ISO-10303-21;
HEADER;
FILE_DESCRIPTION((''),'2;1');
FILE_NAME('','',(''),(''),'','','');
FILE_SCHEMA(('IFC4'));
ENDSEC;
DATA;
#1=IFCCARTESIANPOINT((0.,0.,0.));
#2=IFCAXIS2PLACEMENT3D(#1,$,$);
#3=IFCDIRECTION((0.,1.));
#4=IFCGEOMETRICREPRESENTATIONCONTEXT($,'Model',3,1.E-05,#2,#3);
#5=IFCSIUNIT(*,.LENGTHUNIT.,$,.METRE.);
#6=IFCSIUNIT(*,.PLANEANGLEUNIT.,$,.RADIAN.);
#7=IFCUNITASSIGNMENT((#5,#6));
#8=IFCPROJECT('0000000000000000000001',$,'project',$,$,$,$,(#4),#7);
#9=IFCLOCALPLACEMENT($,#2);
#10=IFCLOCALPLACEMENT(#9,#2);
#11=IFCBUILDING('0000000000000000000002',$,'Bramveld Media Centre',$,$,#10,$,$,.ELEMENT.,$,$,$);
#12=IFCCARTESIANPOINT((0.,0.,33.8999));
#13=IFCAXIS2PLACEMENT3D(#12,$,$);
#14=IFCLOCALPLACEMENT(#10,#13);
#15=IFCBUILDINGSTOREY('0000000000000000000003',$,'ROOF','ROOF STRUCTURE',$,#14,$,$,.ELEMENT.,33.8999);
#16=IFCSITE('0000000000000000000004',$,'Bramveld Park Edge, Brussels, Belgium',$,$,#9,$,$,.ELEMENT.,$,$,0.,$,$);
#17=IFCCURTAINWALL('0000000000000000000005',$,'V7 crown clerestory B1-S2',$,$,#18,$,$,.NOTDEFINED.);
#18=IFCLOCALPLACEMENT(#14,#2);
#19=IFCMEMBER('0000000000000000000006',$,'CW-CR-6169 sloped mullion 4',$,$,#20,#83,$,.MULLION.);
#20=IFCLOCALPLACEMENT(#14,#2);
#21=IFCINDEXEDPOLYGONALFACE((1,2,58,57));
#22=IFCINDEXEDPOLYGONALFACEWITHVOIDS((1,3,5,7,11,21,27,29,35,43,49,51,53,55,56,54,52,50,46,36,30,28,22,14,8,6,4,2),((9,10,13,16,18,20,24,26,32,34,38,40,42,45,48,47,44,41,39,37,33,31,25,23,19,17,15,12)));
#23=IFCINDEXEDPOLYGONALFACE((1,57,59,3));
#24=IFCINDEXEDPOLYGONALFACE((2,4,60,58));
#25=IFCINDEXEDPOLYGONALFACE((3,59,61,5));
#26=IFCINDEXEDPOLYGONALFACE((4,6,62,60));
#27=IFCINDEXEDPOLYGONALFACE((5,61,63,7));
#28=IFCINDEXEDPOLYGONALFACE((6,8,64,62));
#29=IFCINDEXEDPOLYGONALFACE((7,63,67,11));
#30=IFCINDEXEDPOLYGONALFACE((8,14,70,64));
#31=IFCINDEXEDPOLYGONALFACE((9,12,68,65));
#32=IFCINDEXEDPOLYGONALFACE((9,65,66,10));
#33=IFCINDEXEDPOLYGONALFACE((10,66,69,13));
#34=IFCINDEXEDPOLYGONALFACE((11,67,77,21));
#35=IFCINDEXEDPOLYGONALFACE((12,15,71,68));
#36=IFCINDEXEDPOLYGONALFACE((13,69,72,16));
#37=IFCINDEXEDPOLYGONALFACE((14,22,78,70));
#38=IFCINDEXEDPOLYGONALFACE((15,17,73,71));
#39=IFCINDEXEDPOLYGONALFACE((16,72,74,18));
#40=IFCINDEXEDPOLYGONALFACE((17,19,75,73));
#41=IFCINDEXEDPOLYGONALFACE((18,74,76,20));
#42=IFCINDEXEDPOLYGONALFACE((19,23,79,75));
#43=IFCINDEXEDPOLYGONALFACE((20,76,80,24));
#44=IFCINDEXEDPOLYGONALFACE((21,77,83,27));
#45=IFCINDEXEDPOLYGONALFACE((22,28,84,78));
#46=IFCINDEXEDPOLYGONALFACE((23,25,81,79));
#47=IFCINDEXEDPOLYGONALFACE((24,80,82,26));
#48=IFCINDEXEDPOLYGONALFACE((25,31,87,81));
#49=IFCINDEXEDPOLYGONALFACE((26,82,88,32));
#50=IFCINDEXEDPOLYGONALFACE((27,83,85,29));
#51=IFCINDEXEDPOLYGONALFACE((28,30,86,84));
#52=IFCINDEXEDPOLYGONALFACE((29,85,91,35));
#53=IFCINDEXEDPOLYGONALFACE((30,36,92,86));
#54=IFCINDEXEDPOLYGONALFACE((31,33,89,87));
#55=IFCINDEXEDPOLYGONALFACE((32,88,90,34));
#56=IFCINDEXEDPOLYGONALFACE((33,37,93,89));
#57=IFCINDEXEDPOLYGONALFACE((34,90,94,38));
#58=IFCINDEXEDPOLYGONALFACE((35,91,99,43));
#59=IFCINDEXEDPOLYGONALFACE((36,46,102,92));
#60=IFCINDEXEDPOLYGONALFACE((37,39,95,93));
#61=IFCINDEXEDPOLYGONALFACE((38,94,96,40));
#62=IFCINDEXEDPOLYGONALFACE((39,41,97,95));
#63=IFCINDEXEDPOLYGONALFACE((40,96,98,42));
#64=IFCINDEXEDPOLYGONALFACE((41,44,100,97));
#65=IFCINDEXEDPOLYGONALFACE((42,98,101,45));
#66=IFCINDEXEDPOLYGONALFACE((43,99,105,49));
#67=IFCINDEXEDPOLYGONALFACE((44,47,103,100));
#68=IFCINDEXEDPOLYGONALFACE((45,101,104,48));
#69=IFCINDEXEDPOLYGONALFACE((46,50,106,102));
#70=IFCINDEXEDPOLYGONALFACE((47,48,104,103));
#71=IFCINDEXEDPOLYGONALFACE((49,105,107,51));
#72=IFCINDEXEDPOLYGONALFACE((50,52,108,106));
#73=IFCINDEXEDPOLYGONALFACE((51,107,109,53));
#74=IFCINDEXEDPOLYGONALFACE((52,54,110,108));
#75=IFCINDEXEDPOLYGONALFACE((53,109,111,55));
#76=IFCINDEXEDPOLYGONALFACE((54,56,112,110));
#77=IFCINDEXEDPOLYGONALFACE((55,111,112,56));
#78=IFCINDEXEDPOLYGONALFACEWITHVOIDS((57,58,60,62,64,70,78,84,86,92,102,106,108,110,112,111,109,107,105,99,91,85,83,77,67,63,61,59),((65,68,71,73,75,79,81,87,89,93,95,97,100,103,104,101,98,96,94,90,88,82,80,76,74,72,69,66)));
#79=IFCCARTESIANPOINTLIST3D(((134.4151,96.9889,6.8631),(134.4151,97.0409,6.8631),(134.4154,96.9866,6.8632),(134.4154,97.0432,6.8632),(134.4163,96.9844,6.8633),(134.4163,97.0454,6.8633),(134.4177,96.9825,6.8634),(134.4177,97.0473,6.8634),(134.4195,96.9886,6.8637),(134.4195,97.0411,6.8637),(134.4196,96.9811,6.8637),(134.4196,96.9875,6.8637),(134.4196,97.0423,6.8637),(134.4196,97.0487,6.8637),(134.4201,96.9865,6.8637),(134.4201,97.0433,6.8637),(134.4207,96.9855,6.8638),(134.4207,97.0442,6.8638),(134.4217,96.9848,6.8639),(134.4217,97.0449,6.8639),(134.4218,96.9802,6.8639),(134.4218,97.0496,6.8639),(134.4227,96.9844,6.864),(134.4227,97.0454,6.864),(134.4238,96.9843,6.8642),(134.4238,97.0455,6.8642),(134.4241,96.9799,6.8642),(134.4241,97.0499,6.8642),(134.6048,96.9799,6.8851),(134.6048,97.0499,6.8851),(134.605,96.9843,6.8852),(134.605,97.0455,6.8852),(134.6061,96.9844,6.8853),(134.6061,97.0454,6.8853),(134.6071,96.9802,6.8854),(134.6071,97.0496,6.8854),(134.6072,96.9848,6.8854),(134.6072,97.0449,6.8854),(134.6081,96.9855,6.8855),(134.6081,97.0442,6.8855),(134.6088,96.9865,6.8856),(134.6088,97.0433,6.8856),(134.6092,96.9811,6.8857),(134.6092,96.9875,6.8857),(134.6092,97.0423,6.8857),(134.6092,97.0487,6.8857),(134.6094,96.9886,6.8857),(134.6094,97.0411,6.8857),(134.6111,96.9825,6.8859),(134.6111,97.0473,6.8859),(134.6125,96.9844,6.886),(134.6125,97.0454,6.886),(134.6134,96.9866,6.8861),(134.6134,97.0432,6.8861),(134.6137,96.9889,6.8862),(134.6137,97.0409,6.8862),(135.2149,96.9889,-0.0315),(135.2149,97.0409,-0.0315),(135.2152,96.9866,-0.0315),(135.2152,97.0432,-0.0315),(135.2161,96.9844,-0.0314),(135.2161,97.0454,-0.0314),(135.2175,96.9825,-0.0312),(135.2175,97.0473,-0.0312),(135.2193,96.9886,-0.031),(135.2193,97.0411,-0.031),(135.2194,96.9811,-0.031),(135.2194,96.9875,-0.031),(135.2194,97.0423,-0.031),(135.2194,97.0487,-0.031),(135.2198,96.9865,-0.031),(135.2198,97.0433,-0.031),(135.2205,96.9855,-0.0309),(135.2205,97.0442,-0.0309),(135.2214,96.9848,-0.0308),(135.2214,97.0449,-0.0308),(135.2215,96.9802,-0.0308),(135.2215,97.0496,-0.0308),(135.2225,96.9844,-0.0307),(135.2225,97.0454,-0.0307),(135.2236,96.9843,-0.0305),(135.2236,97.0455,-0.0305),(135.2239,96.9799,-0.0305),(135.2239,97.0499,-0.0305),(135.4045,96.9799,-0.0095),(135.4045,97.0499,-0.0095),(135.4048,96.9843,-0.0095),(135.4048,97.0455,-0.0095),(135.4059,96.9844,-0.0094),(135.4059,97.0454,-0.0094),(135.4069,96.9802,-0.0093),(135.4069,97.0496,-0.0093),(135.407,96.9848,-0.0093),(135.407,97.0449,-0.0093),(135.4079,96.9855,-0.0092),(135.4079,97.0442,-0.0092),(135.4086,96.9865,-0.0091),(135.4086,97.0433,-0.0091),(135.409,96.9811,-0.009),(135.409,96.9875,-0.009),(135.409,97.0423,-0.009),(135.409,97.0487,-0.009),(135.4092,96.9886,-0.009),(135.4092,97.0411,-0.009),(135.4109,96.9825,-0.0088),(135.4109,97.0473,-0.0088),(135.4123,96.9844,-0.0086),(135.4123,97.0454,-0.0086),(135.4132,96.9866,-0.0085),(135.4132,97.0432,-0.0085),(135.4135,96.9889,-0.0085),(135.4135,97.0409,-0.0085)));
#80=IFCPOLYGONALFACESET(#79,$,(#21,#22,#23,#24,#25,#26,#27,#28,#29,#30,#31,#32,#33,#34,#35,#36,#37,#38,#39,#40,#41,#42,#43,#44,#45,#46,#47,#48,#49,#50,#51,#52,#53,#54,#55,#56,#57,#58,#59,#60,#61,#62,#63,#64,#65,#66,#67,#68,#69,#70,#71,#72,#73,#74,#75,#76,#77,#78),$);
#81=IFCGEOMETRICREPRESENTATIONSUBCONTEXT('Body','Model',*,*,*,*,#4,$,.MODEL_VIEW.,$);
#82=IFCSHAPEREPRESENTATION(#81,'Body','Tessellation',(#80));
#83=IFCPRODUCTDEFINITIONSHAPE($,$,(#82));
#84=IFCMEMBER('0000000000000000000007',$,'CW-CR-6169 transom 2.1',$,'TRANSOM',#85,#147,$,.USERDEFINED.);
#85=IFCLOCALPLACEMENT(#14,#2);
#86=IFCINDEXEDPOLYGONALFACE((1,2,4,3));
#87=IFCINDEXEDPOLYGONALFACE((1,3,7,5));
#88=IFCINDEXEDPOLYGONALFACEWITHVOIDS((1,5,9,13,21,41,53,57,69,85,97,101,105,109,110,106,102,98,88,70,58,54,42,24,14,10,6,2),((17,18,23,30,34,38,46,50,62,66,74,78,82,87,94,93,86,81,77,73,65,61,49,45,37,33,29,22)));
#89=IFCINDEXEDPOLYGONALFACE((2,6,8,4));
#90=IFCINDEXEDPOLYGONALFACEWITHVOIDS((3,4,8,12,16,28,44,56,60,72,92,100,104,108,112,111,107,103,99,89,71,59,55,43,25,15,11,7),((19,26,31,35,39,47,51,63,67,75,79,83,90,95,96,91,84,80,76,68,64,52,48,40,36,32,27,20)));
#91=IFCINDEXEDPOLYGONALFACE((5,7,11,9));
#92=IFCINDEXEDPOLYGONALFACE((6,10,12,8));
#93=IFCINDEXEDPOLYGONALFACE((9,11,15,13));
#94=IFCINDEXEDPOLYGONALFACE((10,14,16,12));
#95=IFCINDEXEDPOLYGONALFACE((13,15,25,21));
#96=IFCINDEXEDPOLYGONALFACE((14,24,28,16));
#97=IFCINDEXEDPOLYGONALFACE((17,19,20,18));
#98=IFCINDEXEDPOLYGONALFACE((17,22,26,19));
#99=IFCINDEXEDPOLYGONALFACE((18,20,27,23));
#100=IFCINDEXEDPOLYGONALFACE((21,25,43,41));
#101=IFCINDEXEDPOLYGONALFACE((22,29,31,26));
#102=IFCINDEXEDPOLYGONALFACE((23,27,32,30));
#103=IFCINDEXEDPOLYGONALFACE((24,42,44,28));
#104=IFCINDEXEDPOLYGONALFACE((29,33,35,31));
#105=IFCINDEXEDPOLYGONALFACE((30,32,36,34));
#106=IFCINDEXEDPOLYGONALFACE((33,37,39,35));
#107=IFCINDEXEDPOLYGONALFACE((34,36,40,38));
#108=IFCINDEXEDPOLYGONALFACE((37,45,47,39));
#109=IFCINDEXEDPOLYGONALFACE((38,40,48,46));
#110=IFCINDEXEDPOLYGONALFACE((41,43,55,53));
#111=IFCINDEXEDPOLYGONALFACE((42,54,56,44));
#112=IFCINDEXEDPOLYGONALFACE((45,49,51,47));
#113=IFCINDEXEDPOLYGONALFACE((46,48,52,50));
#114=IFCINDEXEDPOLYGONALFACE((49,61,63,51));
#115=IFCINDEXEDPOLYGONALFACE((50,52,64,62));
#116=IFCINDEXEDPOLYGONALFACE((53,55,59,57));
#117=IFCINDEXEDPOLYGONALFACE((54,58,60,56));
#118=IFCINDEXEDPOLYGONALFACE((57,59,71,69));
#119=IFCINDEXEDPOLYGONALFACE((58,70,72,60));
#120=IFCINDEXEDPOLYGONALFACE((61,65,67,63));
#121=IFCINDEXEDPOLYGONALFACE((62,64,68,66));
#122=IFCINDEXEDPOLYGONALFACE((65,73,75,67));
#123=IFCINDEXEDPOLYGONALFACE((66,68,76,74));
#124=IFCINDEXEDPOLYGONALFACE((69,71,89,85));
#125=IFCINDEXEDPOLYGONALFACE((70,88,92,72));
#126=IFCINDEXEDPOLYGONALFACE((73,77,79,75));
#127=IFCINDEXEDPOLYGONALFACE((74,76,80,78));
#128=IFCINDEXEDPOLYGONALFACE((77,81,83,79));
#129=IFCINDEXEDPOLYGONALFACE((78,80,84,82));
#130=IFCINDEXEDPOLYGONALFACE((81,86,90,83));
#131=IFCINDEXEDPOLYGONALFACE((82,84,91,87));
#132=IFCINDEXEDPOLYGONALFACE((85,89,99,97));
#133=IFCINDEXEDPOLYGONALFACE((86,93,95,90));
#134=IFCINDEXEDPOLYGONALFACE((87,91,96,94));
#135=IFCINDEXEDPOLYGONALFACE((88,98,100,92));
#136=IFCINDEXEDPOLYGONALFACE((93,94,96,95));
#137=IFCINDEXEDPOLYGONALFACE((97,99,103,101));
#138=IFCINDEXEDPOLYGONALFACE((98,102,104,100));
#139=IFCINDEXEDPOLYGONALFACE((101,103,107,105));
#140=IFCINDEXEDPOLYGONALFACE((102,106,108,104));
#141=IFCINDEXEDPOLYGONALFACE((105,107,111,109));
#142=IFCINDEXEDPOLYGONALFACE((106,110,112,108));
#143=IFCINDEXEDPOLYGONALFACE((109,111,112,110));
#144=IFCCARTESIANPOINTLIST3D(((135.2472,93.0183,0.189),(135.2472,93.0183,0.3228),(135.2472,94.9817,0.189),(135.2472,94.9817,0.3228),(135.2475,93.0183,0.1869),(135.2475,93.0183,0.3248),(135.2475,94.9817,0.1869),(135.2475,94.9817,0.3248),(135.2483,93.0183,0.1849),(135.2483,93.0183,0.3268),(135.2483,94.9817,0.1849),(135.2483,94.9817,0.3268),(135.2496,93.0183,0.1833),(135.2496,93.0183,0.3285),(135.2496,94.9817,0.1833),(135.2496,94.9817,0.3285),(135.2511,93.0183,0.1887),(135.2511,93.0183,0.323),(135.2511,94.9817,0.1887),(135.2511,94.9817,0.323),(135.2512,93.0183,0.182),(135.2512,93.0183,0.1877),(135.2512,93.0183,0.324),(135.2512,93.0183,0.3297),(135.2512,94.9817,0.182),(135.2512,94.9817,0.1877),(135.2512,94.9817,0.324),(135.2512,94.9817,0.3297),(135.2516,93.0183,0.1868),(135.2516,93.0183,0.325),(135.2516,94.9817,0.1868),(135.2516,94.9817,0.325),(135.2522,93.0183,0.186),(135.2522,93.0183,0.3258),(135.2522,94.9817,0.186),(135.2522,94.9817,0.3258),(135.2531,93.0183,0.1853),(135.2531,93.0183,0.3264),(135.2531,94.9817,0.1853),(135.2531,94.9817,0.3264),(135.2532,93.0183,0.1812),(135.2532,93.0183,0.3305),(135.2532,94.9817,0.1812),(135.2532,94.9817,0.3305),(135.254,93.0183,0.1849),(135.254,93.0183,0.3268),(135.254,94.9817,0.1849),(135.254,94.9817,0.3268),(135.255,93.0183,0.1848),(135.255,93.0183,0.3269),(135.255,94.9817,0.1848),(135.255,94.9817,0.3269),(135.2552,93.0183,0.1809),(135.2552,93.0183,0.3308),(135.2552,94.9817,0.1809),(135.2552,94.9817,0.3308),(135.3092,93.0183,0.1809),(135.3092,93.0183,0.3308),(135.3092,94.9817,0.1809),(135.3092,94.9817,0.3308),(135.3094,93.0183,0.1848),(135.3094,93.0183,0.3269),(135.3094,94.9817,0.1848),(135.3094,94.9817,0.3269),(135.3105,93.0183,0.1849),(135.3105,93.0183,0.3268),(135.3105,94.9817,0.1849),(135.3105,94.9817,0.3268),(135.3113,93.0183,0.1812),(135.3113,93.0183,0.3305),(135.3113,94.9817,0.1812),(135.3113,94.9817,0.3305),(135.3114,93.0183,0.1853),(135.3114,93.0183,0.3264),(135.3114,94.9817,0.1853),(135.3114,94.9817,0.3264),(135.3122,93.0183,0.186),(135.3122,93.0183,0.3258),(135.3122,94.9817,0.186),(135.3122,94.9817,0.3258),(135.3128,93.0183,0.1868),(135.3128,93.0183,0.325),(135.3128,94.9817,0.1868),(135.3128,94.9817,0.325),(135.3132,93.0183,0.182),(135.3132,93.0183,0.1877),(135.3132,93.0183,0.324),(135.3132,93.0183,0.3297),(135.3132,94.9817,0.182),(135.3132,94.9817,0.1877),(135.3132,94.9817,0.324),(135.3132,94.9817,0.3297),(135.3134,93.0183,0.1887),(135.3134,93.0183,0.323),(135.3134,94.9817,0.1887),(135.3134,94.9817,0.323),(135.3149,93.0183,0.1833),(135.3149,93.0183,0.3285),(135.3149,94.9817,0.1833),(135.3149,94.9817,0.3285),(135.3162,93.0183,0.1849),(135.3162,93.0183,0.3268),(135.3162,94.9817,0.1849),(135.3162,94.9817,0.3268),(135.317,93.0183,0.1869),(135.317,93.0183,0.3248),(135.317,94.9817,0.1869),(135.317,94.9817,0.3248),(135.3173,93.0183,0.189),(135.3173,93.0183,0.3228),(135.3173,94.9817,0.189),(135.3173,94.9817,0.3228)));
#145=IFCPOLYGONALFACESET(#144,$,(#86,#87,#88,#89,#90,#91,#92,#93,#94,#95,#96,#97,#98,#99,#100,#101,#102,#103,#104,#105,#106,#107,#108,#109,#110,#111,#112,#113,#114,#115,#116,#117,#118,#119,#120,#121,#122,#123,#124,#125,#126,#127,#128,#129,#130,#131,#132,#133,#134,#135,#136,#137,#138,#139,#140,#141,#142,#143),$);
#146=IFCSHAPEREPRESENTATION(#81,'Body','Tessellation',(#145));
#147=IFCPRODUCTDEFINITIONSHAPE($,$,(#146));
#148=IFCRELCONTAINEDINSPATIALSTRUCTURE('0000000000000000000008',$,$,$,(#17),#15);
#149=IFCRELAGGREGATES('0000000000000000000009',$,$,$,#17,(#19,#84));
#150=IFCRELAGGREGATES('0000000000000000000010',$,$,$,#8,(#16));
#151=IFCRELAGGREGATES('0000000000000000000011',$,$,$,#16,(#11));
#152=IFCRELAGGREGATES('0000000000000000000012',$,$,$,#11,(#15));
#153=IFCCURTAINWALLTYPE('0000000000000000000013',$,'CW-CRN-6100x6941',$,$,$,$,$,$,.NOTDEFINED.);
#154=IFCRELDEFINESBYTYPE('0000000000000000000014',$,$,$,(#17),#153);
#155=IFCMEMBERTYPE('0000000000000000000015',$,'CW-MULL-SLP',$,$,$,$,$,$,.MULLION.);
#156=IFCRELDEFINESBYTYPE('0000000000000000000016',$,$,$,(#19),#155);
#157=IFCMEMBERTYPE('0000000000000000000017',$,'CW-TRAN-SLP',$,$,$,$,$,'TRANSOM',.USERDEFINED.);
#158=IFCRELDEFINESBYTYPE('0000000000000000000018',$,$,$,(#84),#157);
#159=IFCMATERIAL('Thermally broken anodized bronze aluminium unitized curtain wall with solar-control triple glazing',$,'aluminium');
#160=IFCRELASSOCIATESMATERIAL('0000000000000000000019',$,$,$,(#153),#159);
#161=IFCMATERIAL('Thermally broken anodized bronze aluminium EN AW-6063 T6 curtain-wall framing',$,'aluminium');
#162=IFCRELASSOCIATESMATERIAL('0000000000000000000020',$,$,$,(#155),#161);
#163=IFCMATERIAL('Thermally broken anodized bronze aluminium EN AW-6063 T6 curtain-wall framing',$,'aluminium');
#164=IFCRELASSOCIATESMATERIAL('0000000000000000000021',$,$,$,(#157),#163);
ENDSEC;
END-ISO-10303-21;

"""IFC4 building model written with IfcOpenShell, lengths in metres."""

from ifc_helpers import new_model, si_unit, direction, frame, origin, origin_2d, place, context, subcontext, project, spatial, hollow_rectangle, extrude, material, material_profile, profile_set, type_object, element, aggregate, save


model = new_model("IFC4")

# Units and contexts
model_context = context("Model", 3, precision=1e-05, world=origin(), true_north=direction((0.0, 1.0)))
body_context = subcontext(model_context, "Body", "Model", "MODEL_VIEW")
ifc_project = project(units=[si_unit("LENGTHUNIT", "METRE"), si_unit("PLANEANGLEUNIT", "RADIAN")], contexts=[model_context])

# Site, building, storey
site_placement = place(None, origin())
site = spatial("IfcSite", under=ifc_project, at=site_placement, Name="Bramveld Park Edge, Brussels, Belgium", CompositionType="ELEMENT", RefElevation=0.0)
building_placement = place(site_placement, origin())
building = spatial("IfcBuilding", under=site, at=building_placement, Name="Bramveld Media Centre", CompositionType="ELEMENT")
storey_placement = place(building_placement, frame((0.0, 0.0, 33.8999)))
storey = spatial("IfcBuildingStorey", under=building, at=storey_placement, Name="ROOF", Description="ROOF STRUCTURE", CompositionType="ELEMENT", Elevation=33.8999)

# Curtain wall, members
ifc_material_1 = material(Name="Thermally broken anodized bronze aluminium unitized curtain wall with solar-control triple glazing", Category="aluminium")
curtain_wall_type = type_object("IfcCurtainWallType", Name="CW-CRN-6100x6941", PredefinedType="NOTDEFINED", material=ifc_material_1)
curtain_wall_1_placement = place(storey_placement, origin())
curtain_wall_1 = element("IfcCurtainWall", 1, at=curtain_wall_1_placement, inside=storey, type_object=curtain_wall_type, Name="V7 crown clerestory B1-S2", PredefinedType="NOTDEFINED")
ifc_material_2 = material(Name="Thermally broken anodized bronze aluminium EN AW-6063 T6 curtain-wall framing", Category="aluminium")
ifc_material_profile_1 = material_profile(ifc_material_2, hollow_rectangle(XDim=0.0701, YDim=0.2, WallThickness=0.0044, InnerFilletRadius=0.0044, OuterFilletRadius=0.009, at=origin_2d()), Name="AL-MULL 70x200")
ifc_profile_set_1 = profile_set([ifc_material_profile_1], Name="Thermally broken anodized bronze aluminium EN AW-6063 T6 curtain-wall framing")
member_type_1 = type_object("IfcMemberType", Name="CW-MULL-SLP", PredefinedType="MULLION", material=ifc_profile_set_1)
member_1_placement = place(storey_placement, frame((135.3142, 97.0149, -0.02), z_axis=(-0.115229, 0.0, 0.993339), x_axis=(0.0, -1.0, 0.0)))
member_1 = element("IfcMember", 2, at=member_1_placement, type_object=member_type_1, Name="CW-CR-6169 sloped mullion 4", PredefinedType="MULLION", context=body_context, shape_type="SweptSolid", body=[
    extrude(hollow_rectangle(XDim=0.0701, YDim=0.2, WallThickness=0.0044, InnerFilletRadius=0.0044, OuterFilletRadius=0.009, at=origin_2d()), origin(), (0.0, 0.0, 1.0), 6.9409),
])
ifc_material_3 = material(Name="Thermally broken anodized bronze aluminium EN AW-6063 T6 curtain-wall framing", Category="aluminium")
ifc_material_profile_2 = material_profile(ifc_material_3, hollow_rectangle(XDim=0.0701, YDim=0.1499, WallThickness=0.0039, InnerFilletRadius=0.0039, OuterFilletRadius=0.0081, at=origin_2d()), Name="AL-TRAN 70x150")
ifc_profile_set_2 = profile_set([ifc_material_profile_2], Name="Thermally broken anodized bronze aluminium EN AW-6063 T6 curtain-wall framing")
member_type_2 = type_object("IfcMemberType", Name="CW-TRAN-SLP", ElementType="TRANSOM", PredefinedType="USERDEFINED", material=ifc_profile_set_2)
member_2_placement = place(storey_placement, frame((135.2822, 93.0183, 0.2559), z_axis=(0.0, 1.0, 0.0), x_axis=(-1.0, 0.0, 0.0)))
member_2 = element("IfcMember", 3, at=member_2_placement, type_object=member_type_2, Name="CW-CR-6169 transom 2.1", ObjectType="TRANSOM", PredefinedType="USERDEFINED", context=body_context, shape_type="SweptSolid", body=[
    extrude(hollow_rectangle(XDim=0.0701, YDim=0.1499, WallThickness=0.0039, InnerFilletRadius=0.0039, OuterFilletRadius=0.0081, at=origin_2d()), origin(), (0.0, 0.0, 1.0), 1.9634),
])

aggregate(curtain_wall_1, [member_1, member_2])

save(model, "model.ifc")
